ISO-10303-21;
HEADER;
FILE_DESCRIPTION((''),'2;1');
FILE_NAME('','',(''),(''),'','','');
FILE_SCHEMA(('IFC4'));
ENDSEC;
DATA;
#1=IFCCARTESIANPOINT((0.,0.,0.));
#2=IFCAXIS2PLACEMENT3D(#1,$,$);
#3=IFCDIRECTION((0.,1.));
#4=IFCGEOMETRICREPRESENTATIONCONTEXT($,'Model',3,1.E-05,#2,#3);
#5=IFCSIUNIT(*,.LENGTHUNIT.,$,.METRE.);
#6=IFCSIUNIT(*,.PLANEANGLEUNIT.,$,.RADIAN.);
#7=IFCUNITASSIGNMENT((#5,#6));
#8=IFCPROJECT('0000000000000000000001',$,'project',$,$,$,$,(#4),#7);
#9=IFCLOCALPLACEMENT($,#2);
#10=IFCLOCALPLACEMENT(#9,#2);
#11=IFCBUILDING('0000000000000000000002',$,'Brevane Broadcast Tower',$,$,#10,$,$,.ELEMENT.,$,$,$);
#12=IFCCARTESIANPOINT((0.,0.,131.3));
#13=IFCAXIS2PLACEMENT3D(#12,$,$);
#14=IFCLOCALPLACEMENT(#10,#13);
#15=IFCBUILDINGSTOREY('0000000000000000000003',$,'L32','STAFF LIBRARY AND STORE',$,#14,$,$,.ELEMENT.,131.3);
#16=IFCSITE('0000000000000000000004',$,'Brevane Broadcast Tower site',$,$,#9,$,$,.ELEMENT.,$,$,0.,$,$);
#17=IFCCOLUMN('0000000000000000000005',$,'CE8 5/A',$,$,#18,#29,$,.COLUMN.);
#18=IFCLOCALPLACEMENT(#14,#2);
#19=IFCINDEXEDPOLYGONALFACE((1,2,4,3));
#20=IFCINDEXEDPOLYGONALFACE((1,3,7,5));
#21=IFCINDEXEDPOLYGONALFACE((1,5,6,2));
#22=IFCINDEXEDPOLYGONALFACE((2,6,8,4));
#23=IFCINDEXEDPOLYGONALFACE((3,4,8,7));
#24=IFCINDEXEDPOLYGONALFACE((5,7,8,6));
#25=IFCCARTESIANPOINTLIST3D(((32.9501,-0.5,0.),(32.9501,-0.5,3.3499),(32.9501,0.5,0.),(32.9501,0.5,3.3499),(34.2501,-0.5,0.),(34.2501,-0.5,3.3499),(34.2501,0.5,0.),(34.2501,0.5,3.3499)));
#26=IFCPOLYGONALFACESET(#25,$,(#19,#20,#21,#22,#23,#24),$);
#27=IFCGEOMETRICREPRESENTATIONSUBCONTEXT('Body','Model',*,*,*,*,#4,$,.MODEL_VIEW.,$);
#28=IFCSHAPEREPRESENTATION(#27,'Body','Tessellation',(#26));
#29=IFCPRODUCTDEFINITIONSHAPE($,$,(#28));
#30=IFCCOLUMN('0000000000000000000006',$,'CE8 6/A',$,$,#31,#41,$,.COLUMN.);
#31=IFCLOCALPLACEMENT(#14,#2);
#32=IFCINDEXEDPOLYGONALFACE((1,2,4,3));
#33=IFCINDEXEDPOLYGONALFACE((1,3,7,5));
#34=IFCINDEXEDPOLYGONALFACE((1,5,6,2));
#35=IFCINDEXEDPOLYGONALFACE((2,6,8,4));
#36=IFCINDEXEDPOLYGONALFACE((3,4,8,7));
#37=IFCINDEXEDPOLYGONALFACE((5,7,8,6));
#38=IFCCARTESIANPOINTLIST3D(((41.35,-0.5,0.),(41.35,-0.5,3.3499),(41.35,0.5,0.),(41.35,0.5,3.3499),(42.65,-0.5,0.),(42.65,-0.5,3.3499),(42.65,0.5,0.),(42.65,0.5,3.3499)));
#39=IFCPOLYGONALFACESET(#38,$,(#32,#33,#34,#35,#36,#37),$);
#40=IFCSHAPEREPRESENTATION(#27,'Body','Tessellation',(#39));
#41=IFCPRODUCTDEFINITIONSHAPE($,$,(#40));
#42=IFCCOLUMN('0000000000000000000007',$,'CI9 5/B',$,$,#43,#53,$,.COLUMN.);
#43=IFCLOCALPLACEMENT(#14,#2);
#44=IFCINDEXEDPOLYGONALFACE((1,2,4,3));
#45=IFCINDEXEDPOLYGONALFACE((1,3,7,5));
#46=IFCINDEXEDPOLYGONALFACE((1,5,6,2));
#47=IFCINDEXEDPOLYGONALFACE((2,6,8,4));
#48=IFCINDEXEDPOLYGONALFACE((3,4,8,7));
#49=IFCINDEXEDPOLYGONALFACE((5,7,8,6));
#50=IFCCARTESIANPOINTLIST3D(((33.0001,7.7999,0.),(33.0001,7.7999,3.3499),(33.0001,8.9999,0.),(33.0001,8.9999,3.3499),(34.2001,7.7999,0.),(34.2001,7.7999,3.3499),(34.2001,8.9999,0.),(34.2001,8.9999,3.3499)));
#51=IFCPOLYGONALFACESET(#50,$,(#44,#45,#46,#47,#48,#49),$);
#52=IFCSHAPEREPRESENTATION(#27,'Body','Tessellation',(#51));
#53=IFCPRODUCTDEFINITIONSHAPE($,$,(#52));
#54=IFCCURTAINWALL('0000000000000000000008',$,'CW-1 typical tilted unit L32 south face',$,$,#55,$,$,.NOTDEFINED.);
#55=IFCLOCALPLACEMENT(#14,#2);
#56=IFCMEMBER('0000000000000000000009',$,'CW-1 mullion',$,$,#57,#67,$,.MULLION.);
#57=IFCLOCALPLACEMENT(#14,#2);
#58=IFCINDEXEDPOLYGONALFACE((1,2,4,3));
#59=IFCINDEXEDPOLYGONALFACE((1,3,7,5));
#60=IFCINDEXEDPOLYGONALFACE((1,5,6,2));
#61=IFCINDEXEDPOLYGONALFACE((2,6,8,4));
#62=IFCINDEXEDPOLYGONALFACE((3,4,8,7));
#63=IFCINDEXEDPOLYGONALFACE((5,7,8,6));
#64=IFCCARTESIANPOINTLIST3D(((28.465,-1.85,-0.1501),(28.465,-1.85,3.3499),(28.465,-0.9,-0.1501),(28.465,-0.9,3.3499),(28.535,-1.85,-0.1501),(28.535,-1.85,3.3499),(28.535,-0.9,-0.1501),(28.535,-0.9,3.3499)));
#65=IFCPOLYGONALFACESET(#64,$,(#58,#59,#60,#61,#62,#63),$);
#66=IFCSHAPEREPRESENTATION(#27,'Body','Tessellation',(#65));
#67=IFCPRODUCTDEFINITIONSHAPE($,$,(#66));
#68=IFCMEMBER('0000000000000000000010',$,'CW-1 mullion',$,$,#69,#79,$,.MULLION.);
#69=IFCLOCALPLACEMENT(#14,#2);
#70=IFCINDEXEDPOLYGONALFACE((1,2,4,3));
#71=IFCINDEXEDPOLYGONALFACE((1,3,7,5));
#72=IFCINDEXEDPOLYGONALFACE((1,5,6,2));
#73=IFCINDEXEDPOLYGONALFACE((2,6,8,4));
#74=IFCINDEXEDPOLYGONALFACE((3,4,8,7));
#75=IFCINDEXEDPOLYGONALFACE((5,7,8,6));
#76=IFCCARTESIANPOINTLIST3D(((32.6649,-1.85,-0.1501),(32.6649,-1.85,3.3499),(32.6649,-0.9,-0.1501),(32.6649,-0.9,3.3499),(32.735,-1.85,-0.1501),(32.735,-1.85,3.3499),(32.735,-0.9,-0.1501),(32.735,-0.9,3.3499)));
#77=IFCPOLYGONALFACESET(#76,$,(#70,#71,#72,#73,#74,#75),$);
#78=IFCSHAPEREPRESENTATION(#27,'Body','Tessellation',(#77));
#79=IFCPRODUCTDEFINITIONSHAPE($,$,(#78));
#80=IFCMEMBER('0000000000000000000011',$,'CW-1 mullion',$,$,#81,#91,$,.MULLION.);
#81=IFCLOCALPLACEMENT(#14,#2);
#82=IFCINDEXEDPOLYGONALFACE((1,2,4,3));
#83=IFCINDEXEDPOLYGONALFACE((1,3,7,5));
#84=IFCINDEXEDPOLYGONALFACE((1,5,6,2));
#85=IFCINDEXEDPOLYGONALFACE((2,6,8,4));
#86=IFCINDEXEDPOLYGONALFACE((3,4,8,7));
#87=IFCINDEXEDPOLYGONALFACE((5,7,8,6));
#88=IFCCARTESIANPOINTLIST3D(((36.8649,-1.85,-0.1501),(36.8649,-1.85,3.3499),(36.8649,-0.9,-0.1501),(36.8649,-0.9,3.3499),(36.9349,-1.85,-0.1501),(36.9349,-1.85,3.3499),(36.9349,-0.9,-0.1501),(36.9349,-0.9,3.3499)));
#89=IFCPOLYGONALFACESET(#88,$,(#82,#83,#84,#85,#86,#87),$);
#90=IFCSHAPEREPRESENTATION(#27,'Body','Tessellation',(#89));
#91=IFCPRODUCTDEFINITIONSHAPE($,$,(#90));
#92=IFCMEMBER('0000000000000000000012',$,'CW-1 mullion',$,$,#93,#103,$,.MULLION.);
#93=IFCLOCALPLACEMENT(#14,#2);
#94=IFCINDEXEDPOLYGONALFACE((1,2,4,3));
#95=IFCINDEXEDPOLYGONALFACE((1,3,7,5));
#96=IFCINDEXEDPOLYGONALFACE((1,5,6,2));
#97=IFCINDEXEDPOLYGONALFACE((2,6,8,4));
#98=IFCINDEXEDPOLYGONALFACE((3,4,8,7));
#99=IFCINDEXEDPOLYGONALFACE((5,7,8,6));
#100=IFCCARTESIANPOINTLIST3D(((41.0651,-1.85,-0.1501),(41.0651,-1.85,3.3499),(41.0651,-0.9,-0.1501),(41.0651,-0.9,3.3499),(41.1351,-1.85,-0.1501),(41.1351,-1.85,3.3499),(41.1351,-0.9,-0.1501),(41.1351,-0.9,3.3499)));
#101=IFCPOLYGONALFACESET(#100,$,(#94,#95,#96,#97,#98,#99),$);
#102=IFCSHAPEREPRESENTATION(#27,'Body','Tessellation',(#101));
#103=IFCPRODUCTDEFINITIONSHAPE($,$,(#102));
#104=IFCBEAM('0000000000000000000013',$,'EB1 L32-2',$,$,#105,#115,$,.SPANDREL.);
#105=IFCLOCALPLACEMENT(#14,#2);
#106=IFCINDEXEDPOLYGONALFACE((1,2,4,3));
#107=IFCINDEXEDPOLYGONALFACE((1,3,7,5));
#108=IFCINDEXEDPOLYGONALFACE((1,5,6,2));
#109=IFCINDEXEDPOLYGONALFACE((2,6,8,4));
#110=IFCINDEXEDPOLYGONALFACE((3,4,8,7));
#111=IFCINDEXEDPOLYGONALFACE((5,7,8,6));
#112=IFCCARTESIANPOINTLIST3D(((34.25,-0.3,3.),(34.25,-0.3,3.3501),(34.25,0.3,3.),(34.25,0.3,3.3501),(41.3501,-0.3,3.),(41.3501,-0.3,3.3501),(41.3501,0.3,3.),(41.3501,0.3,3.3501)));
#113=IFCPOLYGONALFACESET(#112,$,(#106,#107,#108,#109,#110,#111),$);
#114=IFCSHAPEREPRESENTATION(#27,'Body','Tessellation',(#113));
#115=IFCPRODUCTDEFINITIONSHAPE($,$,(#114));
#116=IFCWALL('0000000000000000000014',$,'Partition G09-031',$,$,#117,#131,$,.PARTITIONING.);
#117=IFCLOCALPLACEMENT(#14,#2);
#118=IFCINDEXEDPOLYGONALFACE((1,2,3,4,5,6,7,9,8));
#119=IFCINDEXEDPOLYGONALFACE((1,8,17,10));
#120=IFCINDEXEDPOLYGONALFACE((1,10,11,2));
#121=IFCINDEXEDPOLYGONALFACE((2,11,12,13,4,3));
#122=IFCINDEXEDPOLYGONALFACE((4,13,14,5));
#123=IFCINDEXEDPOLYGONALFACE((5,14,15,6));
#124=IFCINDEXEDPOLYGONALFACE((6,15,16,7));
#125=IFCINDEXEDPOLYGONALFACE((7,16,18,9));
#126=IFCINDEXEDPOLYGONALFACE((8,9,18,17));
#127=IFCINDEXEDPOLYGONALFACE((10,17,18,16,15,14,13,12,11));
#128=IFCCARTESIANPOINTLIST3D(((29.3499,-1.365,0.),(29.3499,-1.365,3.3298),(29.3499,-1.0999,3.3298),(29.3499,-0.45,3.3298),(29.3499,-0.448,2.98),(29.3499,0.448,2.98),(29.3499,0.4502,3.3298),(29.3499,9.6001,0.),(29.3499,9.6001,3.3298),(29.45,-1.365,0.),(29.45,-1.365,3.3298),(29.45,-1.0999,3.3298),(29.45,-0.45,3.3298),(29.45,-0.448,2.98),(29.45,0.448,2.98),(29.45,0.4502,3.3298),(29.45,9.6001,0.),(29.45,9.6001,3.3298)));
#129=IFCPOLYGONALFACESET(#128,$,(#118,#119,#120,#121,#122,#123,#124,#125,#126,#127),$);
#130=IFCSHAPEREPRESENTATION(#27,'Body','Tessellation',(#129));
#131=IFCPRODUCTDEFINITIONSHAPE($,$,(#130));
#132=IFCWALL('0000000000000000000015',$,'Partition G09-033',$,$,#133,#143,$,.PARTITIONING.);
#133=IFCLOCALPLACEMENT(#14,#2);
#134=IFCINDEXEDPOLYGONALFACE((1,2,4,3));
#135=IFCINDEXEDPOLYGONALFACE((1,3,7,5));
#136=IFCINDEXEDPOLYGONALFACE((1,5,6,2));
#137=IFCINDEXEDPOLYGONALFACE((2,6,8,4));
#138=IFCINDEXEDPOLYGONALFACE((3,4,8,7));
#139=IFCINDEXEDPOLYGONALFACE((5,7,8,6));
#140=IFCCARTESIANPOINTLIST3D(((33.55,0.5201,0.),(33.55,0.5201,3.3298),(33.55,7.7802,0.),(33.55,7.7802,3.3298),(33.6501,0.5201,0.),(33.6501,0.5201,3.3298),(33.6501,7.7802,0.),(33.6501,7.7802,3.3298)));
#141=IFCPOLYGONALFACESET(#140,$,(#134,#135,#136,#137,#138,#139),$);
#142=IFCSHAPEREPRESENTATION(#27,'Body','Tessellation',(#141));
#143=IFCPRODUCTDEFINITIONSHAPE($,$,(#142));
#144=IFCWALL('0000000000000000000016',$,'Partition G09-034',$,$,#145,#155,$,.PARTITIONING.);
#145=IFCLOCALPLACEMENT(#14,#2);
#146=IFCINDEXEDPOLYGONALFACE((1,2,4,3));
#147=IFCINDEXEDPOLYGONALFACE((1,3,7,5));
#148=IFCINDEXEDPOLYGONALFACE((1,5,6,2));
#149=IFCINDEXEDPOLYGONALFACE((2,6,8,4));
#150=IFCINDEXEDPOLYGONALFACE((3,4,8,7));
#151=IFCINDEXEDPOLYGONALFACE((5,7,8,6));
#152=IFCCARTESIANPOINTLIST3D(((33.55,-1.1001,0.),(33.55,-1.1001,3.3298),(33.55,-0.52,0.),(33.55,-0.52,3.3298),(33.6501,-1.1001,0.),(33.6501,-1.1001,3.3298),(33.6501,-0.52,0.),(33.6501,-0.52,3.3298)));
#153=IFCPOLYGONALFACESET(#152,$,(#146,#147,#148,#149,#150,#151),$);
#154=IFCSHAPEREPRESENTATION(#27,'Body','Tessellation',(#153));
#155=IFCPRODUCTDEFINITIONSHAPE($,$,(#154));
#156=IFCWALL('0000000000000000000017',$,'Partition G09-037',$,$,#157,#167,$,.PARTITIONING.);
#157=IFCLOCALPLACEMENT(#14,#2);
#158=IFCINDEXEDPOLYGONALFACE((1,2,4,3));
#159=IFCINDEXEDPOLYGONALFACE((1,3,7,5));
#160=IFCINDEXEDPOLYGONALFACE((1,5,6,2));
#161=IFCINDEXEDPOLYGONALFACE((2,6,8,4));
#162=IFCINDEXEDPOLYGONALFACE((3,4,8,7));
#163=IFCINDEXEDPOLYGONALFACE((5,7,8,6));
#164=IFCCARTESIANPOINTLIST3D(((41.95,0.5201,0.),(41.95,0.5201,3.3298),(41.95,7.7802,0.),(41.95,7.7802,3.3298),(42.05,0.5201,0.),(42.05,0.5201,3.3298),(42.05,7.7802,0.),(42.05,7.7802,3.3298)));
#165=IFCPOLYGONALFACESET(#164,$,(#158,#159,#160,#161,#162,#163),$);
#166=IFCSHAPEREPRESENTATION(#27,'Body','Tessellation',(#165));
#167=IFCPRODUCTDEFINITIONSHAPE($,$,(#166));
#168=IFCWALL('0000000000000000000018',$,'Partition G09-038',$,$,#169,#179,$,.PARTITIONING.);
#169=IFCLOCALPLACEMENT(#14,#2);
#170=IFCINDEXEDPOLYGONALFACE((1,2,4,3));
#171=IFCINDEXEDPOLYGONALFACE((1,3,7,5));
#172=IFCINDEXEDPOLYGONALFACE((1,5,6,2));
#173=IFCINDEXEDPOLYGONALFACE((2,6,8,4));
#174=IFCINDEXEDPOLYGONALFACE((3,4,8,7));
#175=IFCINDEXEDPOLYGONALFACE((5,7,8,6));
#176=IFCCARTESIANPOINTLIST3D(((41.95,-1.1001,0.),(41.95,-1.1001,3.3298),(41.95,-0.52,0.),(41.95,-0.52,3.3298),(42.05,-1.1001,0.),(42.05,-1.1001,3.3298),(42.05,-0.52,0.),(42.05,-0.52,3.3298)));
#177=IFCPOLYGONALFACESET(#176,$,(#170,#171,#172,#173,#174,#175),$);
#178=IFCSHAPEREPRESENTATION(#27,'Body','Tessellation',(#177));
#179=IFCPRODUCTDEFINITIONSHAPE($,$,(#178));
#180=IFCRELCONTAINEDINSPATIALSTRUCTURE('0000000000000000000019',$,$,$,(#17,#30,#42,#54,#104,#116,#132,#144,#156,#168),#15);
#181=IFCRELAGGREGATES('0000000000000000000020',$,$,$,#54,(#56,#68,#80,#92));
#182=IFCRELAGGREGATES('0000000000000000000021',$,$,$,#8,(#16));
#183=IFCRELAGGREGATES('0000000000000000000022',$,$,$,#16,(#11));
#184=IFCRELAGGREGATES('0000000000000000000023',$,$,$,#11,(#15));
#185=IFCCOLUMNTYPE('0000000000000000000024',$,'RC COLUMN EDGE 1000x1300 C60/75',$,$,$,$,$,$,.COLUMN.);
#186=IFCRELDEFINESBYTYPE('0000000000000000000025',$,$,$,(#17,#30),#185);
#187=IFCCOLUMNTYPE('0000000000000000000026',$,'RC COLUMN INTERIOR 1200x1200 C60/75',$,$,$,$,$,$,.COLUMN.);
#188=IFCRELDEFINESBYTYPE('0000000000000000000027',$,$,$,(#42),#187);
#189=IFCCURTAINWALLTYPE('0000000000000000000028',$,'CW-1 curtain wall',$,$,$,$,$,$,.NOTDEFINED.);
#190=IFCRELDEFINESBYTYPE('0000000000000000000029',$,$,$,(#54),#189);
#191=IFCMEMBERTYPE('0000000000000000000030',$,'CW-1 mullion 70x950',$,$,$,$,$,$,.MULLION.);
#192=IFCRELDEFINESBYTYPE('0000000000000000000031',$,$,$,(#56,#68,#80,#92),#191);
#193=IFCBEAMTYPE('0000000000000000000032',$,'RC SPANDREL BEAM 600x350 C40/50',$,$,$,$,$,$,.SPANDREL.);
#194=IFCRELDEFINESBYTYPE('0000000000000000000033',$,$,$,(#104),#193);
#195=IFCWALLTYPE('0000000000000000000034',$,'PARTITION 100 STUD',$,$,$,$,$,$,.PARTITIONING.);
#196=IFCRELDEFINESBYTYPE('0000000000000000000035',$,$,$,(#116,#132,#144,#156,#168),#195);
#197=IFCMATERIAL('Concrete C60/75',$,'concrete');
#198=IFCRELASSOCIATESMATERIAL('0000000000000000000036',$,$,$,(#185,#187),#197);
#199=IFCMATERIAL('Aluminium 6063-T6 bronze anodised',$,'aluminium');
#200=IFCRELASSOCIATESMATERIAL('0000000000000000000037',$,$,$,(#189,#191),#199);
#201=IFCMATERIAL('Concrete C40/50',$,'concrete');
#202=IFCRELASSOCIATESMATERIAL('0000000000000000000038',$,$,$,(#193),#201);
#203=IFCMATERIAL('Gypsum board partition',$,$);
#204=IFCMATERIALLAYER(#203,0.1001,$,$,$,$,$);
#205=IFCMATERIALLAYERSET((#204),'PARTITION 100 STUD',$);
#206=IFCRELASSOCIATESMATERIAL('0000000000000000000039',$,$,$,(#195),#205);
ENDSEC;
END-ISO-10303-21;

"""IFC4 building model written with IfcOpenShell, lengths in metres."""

from ifc_helpers import new_model, si_unit, direction, frame, frame_2d, origin, origin_2d, place, context, subcontext, project, spatial, polyline, rectangle, outline, extrude, material, layer, layer_set, material_profile, profile_set, type_object, element, aggregate, save


model = new_model("IFC4")

# Units and contexts
model_context = context("Model", 3, precision=1e-05, world=origin(), true_north=direction((0.0, 1.0)))
body_context = subcontext(model_context, "Body", "Model", "MODEL_VIEW")
ifc_project = project(units=[si_unit("LENGTHUNIT", "METRE"), si_unit("PLANEANGLEUNIT", "RADIAN")], contexts=[model_context])

# Site, building, storey
site_placement = place(None, origin())
site = spatial("IfcSite", under=ifc_project, at=site_placement, Name="Brevane Broadcast Tower site", CompositionType="ELEMENT", RefElevation=0.0)
building_placement = place(site_placement, origin())
building = spatial("IfcBuilding", under=site, at=building_placement, Name="Brevane Broadcast Tower", CompositionType="ELEMENT")
storey_placement = place(building_placement, frame((0.0, 0.0, 131.3)))
storey = spatial("IfcBuildingStorey", under=building, at=storey_placement, Name="L32", Description="STAFF LIBRARY AND STORE", CompositionType="ELEMENT", Elevation=131.3)

# Columns
ifc_material_1 = material(Name="Concrete C60/75", Category="concrete")
ifc_material_profile_1 = material_profile(ifc_material_1, rectangle(XDim=1.0, YDim=1.3, at=origin_2d()), Name="RC 1000x1300")
ifc_profile_set_1 = profile_set([ifc_material_profile_1], Name="Concrete C60/75")
column_type_1 = type_object("IfcColumnType", Name="RC COLUMN EDGE 1000x1300 C60/75", PredefinedType="COLUMN", material=ifc_profile_set_1)
for number, where, z_axis, x_axis, name in (
    (1, (33.6001, 0.0, 0.0), (0.0, 0.0, 1.0), (0.0, 1.0, 0.0), "CE8 5/A"),
    (2, (42.0, 0.0, 0.0), (0.0, 0.0, 1.0), (0.0, 1.0, 0.0), "CE8 6/A"),
):
    element("IfcColumn", number, at=place(storey_placement, frame(where, z_axis=z_axis, x_axis=x_axis)), inside=storey, type_object=column_type_1, Name=name, PredefinedType="COLUMN", context=body_context, shape_type="SweptSolid", body=[
        extrude(rectangle(XDim=1.0, YDim=1.3, at=origin_2d()), origin(), (0.0, 0.0, 1.0), 3.3499),
    ])
ifc_material_profile_2 = material_profile(ifc_material_1, rectangle(XDim=1.2, YDim=1.2, at=origin_2d()), Name="RC 1200x1200")
ifc_profile_set_2 = profile_set([ifc_material_profile_2], Name="Concrete C60/75")
column_type_2 = type_object("IfcColumnType", Name="RC COLUMN INTERIOR 1200x1200 C60/75", PredefinedType="COLUMN", material=ifc_profile_set_2)
column_placement = place(storey_placement, frame((33.6001, 8.3999, 0.0), z_axis=(0.0, 0.0, 1.0), x_axis=(1.0, 0.0, 0.0)))
element("IfcColumn", 3, at=column_placement, inside=storey, type_object=column_type_2, Name="CI9 5/B", PredefinedType="COLUMN", context=body_context, shape_type="SweptSolid", body=[
    extrude(rectangle(XDim=1.2, YDim=1.2, at=origin_2d()), origin(), (0.0, 0.0, 1.0), 3.3499),
])

# Curtain wall, members
ifc_material_2 = material(Name="Aluminium 6063-T6 bronze anodised", Category="aluminium")
curtain_wall_type = type_object("IfcCurtainWallType", Name="CW-1 curtain wall", PredefinedType="NOTDEFINED", material=ifc_material_2)
curtain_wall_placement = place(storey_placement, origin())
curtain_wall = element("IfcCurtainWall", 4, at=curtain_wall_placement, inside=storey, type_object=curtain_wall_type, Name="CW-1 typical tilted unit L32 south face", PredefinedType="NOTDEFINED")
ifc_material_profile_3 = material_profile(ifc_material_2, rectangle(XDim=0.95, YDim=0.0701, at=origin_2d()), Name="RECT 70x950")
ifc_profile_set_3 = profile_set([ifc_material_profile_3], Name="Aluminium 6063-T6 bronze anodised")
member_type = type_object("IfcMemberType", Name="CW-1 mullion 70x950", PredefinedType="MULLION", material=ifc_profile_set_3)
member_1_placement = place(storey_placement, frame((28.5, -1.375, -0.1501), z_axis=(0.0, 0.0, 1.0), x_axis=(0.0, 1.0, 0.0)))
member_1 = element("IfcMember", 5, at=member_1_placement, type_object=member_type, Name="CW-1 mullion", PredefinedType="MULLION", context=body_context, shape_type="SweptSolid", body=[
    extrude(rectangle(XDim=0.95, YDim=0.0701, at=origin_2d()), origin(), (0.0, 0.0, 1.0), 3.5),
])
member_2_placement = place(storey_placement, frame((32.7, -1.375, -0.1501), z_axis=(0.0, 0.0, 1.0), x_axis=(0.0, 1.0, 0.0)))
member_2 = element("IfcMember", 6, at=member_2_placement, type_object=member_type, Name="CW-1 mullion", PredefinedType="MULLION", context=body_context, shape_type="SweptSolid", body=[
    extrude(rectangle(XDim=0.95, YDim=0.0701, at=origin_2d()), origin(), (0.0, 0.0, 1.0), 3.5),
])
member_3_placement = place(storey_placement, frame((36.8999, -1.375, -0.1501), z_axis=(0.0, 0.0, 1.0), x_axis=(0.0, 1.0, 0.0)))
member_3 = element("IfcMember", 7, at=member_3_placement, type_object=member_type, Name="CW-1 mullion", PredefinedType="MULLION", context=body_context, shape_type="SweptSolid", body=[
    extrude(rectangle(XDim=0.95, YDim=0.0701, at=origin_2d()), origin(), (0.0, 0.0, 1.0), 3.5),
])
member_4_placement = place(storey_placement, frame((41.1001, -1.375, -0.1501), z_axis=(0.0, 0.0, 1.0), x_axis=(0.0, 1.0, 0.0)))
member_4 = element("IfcMember", 8, at=member_4_placement, type_object=member_type, Name="CW-1 mullion", PredefinedType="MULLION", context=body_context, shape_type="SweptSolid", body=[
    extrude(rectangle(XDim=0.95, YDim=0.0701, at=origin_2d()), origin(), (0.0, 0.0, 1.0), 3.5),
])
aggregate(curtain_wall, [member_1, member_2, member_3, member_4])

# Beam
ifc_material_3 = material(Name="Concrete C40/50", Category="concrete")
ifc_material_profile_4 = material_profile(ifc_material_3, rectangle(XDim=0.6001, YDim=0.3501, at=origin_2d()), Name="RC 600x350")
ifc_profile_set_4 = profile_set([ifc_material_profile_4], Name="Concrete C40/50")
beam_type = type_object("IfcBeamType", Name="RC SPANDREL BEAM 600x350 C40/50", PredefinedType="SPANDREL", material=ifc_profile_set_4)
beam_placement = place(storey_placement, frame((34.25, 0.0, 3.175), z_axis=(1.0, 0.0, 0.0), x_axis=(0.0, 1.0, 0.0)))
element("IfcBeam", 9, at=beam_placement, inside=storey, type_object=beam_type, Name="EB1 L32-2", PredefinedType="SPANDREL", context=body_context, shape_type="SweptSolid", body=[
    extrude(rectangle(XDim=0.6001, YDim=0.3501, at=origin_2d()), origin(), (0.0, 0.0, 1.0), 7.1001),
])

# Walls
ifc_material_4 = material(Name="Gypsum board partition")
ifc_layer_1 = layer(ifc_material_4, 0.1001)
ifc_layer_set_1 = layer_set([ifc_layer_1], Name="PARTITION 100 STUD")
wall_type_1 = type_object("IfcWallType", Name="PARTITION 100 STUD", PredefinedType="PARTITIONING", material=ifc_layer_set_1)
wall_1_placement = place(storey_placement, frame((29.3999, 9.6001, 0.0), z_axis=(0.0, 0.0, 1.0), x_axis=(0.0, -1.0, 0.0)))
element("IfcWall", 10, at=wall_1_placement, inside=storey, type_object=wall_type_1, Name="Partition G09-031", PredefinedType="PARTITIONING", context=body_context, shape_type="SweptSolid", body=[
    extrude(outline(polyline([(0.0, 0.0), (10.9651, 0.0), (10.9651, 3.3298), (10.7, 3.3298), (10.05, 3.3298), (10.0481, 2.98), (9.1521, 2.98), (9.1499, 3.3298), (0.0, 3.3298), (0.0, 0.0)])), frame((0.0, 0.05, 0.0), z_axis=(0.0, -1.0, 0.0), x_axis=(1.0, 0.0, 0.0)), (0.0, 0.0, 1.0), 0.1001),
])
wall_2_placement = place(storey_placement, frame((33.6001, 7.78, 0.0), z_axis=(0.0, 0.0, 1.0), x_axis=(0.0, -1.0, 0.0)))
element("IfcWall", 11, at=wall_2_placement, inside=storey, type_object=wall_type_1, Name="Partition G09-033", PredefinedType="PARTITIONING", context=body_context, shape_type="SweptSolid", body=[
    extrude(rectangle(XDim=7.26, YDim=0.1001, at=frame_2d((3.6299, 0.0))), origin(), (0.0, 0.0, 1.0), 3.3298),
])
wall_3_placement = place(storey_placement, frame((33.6001, -0.52, 0.0), z_axis=(0.0, 0.0, 1.0), x_axis=(0.0, -1.0, 0.0)))
element("IfcWall", 12, at=wall_3_placement, inside=storey, type_object=wall_type_1, Name="Partition G09-034", PredefinedType="PARTITIONING", context=body_context, shape_type="SweptSolid", body=[
    extrude(rectangle(XDim=0.5801, YDim=0.1001, at=frame_2d((0.29, 0.0))), origin(), (0.0, 0.0, 1.0), 3.3298),
])
wall_4_placement = place(storey_placement, frame((42.0, 7.78, 0.0), z_axis=(0.0, 0.0, 1.0), x_axis=(0.0, -1.0, 0.0)))
element("IfcWall", 13, at=wall_4_placement, inside=storey, type_object=wall_type_1, Name="Partition G09-037", PredefinedType="PARTITIONING", context=body_context, shape_type="SweptSolid", body=[
    extrude(rectangle(XDim=7.26, YDim=0.1001, at=frame_2d((3.6299, 0.0))), origin(), (0.0, 0.0, 1.0), 3.3298),
])
wall_5_placement = place(storey_placement, frame((42.0, -0.52, 0.0), z_axis=(0.0, 0.0, 1.0), x_axis=(0.0, -1.0, 0.0)))
element("IfcWall", 14, at=wall_5_placement, inside=storey, type_object=wall_type_1, Name="Partition G09-038", PredefinedType="PARTITIONING", context=body_context, shape_type="SweptSolid", body=[
    extrude(rectangle(XDim=0.5801, YDim=0.1001, at=frame_2d((0.29, 0.0))), origin(), (0.0, 0.0, 1.0), 3.3298),
])

save(model, "model.ifc")
